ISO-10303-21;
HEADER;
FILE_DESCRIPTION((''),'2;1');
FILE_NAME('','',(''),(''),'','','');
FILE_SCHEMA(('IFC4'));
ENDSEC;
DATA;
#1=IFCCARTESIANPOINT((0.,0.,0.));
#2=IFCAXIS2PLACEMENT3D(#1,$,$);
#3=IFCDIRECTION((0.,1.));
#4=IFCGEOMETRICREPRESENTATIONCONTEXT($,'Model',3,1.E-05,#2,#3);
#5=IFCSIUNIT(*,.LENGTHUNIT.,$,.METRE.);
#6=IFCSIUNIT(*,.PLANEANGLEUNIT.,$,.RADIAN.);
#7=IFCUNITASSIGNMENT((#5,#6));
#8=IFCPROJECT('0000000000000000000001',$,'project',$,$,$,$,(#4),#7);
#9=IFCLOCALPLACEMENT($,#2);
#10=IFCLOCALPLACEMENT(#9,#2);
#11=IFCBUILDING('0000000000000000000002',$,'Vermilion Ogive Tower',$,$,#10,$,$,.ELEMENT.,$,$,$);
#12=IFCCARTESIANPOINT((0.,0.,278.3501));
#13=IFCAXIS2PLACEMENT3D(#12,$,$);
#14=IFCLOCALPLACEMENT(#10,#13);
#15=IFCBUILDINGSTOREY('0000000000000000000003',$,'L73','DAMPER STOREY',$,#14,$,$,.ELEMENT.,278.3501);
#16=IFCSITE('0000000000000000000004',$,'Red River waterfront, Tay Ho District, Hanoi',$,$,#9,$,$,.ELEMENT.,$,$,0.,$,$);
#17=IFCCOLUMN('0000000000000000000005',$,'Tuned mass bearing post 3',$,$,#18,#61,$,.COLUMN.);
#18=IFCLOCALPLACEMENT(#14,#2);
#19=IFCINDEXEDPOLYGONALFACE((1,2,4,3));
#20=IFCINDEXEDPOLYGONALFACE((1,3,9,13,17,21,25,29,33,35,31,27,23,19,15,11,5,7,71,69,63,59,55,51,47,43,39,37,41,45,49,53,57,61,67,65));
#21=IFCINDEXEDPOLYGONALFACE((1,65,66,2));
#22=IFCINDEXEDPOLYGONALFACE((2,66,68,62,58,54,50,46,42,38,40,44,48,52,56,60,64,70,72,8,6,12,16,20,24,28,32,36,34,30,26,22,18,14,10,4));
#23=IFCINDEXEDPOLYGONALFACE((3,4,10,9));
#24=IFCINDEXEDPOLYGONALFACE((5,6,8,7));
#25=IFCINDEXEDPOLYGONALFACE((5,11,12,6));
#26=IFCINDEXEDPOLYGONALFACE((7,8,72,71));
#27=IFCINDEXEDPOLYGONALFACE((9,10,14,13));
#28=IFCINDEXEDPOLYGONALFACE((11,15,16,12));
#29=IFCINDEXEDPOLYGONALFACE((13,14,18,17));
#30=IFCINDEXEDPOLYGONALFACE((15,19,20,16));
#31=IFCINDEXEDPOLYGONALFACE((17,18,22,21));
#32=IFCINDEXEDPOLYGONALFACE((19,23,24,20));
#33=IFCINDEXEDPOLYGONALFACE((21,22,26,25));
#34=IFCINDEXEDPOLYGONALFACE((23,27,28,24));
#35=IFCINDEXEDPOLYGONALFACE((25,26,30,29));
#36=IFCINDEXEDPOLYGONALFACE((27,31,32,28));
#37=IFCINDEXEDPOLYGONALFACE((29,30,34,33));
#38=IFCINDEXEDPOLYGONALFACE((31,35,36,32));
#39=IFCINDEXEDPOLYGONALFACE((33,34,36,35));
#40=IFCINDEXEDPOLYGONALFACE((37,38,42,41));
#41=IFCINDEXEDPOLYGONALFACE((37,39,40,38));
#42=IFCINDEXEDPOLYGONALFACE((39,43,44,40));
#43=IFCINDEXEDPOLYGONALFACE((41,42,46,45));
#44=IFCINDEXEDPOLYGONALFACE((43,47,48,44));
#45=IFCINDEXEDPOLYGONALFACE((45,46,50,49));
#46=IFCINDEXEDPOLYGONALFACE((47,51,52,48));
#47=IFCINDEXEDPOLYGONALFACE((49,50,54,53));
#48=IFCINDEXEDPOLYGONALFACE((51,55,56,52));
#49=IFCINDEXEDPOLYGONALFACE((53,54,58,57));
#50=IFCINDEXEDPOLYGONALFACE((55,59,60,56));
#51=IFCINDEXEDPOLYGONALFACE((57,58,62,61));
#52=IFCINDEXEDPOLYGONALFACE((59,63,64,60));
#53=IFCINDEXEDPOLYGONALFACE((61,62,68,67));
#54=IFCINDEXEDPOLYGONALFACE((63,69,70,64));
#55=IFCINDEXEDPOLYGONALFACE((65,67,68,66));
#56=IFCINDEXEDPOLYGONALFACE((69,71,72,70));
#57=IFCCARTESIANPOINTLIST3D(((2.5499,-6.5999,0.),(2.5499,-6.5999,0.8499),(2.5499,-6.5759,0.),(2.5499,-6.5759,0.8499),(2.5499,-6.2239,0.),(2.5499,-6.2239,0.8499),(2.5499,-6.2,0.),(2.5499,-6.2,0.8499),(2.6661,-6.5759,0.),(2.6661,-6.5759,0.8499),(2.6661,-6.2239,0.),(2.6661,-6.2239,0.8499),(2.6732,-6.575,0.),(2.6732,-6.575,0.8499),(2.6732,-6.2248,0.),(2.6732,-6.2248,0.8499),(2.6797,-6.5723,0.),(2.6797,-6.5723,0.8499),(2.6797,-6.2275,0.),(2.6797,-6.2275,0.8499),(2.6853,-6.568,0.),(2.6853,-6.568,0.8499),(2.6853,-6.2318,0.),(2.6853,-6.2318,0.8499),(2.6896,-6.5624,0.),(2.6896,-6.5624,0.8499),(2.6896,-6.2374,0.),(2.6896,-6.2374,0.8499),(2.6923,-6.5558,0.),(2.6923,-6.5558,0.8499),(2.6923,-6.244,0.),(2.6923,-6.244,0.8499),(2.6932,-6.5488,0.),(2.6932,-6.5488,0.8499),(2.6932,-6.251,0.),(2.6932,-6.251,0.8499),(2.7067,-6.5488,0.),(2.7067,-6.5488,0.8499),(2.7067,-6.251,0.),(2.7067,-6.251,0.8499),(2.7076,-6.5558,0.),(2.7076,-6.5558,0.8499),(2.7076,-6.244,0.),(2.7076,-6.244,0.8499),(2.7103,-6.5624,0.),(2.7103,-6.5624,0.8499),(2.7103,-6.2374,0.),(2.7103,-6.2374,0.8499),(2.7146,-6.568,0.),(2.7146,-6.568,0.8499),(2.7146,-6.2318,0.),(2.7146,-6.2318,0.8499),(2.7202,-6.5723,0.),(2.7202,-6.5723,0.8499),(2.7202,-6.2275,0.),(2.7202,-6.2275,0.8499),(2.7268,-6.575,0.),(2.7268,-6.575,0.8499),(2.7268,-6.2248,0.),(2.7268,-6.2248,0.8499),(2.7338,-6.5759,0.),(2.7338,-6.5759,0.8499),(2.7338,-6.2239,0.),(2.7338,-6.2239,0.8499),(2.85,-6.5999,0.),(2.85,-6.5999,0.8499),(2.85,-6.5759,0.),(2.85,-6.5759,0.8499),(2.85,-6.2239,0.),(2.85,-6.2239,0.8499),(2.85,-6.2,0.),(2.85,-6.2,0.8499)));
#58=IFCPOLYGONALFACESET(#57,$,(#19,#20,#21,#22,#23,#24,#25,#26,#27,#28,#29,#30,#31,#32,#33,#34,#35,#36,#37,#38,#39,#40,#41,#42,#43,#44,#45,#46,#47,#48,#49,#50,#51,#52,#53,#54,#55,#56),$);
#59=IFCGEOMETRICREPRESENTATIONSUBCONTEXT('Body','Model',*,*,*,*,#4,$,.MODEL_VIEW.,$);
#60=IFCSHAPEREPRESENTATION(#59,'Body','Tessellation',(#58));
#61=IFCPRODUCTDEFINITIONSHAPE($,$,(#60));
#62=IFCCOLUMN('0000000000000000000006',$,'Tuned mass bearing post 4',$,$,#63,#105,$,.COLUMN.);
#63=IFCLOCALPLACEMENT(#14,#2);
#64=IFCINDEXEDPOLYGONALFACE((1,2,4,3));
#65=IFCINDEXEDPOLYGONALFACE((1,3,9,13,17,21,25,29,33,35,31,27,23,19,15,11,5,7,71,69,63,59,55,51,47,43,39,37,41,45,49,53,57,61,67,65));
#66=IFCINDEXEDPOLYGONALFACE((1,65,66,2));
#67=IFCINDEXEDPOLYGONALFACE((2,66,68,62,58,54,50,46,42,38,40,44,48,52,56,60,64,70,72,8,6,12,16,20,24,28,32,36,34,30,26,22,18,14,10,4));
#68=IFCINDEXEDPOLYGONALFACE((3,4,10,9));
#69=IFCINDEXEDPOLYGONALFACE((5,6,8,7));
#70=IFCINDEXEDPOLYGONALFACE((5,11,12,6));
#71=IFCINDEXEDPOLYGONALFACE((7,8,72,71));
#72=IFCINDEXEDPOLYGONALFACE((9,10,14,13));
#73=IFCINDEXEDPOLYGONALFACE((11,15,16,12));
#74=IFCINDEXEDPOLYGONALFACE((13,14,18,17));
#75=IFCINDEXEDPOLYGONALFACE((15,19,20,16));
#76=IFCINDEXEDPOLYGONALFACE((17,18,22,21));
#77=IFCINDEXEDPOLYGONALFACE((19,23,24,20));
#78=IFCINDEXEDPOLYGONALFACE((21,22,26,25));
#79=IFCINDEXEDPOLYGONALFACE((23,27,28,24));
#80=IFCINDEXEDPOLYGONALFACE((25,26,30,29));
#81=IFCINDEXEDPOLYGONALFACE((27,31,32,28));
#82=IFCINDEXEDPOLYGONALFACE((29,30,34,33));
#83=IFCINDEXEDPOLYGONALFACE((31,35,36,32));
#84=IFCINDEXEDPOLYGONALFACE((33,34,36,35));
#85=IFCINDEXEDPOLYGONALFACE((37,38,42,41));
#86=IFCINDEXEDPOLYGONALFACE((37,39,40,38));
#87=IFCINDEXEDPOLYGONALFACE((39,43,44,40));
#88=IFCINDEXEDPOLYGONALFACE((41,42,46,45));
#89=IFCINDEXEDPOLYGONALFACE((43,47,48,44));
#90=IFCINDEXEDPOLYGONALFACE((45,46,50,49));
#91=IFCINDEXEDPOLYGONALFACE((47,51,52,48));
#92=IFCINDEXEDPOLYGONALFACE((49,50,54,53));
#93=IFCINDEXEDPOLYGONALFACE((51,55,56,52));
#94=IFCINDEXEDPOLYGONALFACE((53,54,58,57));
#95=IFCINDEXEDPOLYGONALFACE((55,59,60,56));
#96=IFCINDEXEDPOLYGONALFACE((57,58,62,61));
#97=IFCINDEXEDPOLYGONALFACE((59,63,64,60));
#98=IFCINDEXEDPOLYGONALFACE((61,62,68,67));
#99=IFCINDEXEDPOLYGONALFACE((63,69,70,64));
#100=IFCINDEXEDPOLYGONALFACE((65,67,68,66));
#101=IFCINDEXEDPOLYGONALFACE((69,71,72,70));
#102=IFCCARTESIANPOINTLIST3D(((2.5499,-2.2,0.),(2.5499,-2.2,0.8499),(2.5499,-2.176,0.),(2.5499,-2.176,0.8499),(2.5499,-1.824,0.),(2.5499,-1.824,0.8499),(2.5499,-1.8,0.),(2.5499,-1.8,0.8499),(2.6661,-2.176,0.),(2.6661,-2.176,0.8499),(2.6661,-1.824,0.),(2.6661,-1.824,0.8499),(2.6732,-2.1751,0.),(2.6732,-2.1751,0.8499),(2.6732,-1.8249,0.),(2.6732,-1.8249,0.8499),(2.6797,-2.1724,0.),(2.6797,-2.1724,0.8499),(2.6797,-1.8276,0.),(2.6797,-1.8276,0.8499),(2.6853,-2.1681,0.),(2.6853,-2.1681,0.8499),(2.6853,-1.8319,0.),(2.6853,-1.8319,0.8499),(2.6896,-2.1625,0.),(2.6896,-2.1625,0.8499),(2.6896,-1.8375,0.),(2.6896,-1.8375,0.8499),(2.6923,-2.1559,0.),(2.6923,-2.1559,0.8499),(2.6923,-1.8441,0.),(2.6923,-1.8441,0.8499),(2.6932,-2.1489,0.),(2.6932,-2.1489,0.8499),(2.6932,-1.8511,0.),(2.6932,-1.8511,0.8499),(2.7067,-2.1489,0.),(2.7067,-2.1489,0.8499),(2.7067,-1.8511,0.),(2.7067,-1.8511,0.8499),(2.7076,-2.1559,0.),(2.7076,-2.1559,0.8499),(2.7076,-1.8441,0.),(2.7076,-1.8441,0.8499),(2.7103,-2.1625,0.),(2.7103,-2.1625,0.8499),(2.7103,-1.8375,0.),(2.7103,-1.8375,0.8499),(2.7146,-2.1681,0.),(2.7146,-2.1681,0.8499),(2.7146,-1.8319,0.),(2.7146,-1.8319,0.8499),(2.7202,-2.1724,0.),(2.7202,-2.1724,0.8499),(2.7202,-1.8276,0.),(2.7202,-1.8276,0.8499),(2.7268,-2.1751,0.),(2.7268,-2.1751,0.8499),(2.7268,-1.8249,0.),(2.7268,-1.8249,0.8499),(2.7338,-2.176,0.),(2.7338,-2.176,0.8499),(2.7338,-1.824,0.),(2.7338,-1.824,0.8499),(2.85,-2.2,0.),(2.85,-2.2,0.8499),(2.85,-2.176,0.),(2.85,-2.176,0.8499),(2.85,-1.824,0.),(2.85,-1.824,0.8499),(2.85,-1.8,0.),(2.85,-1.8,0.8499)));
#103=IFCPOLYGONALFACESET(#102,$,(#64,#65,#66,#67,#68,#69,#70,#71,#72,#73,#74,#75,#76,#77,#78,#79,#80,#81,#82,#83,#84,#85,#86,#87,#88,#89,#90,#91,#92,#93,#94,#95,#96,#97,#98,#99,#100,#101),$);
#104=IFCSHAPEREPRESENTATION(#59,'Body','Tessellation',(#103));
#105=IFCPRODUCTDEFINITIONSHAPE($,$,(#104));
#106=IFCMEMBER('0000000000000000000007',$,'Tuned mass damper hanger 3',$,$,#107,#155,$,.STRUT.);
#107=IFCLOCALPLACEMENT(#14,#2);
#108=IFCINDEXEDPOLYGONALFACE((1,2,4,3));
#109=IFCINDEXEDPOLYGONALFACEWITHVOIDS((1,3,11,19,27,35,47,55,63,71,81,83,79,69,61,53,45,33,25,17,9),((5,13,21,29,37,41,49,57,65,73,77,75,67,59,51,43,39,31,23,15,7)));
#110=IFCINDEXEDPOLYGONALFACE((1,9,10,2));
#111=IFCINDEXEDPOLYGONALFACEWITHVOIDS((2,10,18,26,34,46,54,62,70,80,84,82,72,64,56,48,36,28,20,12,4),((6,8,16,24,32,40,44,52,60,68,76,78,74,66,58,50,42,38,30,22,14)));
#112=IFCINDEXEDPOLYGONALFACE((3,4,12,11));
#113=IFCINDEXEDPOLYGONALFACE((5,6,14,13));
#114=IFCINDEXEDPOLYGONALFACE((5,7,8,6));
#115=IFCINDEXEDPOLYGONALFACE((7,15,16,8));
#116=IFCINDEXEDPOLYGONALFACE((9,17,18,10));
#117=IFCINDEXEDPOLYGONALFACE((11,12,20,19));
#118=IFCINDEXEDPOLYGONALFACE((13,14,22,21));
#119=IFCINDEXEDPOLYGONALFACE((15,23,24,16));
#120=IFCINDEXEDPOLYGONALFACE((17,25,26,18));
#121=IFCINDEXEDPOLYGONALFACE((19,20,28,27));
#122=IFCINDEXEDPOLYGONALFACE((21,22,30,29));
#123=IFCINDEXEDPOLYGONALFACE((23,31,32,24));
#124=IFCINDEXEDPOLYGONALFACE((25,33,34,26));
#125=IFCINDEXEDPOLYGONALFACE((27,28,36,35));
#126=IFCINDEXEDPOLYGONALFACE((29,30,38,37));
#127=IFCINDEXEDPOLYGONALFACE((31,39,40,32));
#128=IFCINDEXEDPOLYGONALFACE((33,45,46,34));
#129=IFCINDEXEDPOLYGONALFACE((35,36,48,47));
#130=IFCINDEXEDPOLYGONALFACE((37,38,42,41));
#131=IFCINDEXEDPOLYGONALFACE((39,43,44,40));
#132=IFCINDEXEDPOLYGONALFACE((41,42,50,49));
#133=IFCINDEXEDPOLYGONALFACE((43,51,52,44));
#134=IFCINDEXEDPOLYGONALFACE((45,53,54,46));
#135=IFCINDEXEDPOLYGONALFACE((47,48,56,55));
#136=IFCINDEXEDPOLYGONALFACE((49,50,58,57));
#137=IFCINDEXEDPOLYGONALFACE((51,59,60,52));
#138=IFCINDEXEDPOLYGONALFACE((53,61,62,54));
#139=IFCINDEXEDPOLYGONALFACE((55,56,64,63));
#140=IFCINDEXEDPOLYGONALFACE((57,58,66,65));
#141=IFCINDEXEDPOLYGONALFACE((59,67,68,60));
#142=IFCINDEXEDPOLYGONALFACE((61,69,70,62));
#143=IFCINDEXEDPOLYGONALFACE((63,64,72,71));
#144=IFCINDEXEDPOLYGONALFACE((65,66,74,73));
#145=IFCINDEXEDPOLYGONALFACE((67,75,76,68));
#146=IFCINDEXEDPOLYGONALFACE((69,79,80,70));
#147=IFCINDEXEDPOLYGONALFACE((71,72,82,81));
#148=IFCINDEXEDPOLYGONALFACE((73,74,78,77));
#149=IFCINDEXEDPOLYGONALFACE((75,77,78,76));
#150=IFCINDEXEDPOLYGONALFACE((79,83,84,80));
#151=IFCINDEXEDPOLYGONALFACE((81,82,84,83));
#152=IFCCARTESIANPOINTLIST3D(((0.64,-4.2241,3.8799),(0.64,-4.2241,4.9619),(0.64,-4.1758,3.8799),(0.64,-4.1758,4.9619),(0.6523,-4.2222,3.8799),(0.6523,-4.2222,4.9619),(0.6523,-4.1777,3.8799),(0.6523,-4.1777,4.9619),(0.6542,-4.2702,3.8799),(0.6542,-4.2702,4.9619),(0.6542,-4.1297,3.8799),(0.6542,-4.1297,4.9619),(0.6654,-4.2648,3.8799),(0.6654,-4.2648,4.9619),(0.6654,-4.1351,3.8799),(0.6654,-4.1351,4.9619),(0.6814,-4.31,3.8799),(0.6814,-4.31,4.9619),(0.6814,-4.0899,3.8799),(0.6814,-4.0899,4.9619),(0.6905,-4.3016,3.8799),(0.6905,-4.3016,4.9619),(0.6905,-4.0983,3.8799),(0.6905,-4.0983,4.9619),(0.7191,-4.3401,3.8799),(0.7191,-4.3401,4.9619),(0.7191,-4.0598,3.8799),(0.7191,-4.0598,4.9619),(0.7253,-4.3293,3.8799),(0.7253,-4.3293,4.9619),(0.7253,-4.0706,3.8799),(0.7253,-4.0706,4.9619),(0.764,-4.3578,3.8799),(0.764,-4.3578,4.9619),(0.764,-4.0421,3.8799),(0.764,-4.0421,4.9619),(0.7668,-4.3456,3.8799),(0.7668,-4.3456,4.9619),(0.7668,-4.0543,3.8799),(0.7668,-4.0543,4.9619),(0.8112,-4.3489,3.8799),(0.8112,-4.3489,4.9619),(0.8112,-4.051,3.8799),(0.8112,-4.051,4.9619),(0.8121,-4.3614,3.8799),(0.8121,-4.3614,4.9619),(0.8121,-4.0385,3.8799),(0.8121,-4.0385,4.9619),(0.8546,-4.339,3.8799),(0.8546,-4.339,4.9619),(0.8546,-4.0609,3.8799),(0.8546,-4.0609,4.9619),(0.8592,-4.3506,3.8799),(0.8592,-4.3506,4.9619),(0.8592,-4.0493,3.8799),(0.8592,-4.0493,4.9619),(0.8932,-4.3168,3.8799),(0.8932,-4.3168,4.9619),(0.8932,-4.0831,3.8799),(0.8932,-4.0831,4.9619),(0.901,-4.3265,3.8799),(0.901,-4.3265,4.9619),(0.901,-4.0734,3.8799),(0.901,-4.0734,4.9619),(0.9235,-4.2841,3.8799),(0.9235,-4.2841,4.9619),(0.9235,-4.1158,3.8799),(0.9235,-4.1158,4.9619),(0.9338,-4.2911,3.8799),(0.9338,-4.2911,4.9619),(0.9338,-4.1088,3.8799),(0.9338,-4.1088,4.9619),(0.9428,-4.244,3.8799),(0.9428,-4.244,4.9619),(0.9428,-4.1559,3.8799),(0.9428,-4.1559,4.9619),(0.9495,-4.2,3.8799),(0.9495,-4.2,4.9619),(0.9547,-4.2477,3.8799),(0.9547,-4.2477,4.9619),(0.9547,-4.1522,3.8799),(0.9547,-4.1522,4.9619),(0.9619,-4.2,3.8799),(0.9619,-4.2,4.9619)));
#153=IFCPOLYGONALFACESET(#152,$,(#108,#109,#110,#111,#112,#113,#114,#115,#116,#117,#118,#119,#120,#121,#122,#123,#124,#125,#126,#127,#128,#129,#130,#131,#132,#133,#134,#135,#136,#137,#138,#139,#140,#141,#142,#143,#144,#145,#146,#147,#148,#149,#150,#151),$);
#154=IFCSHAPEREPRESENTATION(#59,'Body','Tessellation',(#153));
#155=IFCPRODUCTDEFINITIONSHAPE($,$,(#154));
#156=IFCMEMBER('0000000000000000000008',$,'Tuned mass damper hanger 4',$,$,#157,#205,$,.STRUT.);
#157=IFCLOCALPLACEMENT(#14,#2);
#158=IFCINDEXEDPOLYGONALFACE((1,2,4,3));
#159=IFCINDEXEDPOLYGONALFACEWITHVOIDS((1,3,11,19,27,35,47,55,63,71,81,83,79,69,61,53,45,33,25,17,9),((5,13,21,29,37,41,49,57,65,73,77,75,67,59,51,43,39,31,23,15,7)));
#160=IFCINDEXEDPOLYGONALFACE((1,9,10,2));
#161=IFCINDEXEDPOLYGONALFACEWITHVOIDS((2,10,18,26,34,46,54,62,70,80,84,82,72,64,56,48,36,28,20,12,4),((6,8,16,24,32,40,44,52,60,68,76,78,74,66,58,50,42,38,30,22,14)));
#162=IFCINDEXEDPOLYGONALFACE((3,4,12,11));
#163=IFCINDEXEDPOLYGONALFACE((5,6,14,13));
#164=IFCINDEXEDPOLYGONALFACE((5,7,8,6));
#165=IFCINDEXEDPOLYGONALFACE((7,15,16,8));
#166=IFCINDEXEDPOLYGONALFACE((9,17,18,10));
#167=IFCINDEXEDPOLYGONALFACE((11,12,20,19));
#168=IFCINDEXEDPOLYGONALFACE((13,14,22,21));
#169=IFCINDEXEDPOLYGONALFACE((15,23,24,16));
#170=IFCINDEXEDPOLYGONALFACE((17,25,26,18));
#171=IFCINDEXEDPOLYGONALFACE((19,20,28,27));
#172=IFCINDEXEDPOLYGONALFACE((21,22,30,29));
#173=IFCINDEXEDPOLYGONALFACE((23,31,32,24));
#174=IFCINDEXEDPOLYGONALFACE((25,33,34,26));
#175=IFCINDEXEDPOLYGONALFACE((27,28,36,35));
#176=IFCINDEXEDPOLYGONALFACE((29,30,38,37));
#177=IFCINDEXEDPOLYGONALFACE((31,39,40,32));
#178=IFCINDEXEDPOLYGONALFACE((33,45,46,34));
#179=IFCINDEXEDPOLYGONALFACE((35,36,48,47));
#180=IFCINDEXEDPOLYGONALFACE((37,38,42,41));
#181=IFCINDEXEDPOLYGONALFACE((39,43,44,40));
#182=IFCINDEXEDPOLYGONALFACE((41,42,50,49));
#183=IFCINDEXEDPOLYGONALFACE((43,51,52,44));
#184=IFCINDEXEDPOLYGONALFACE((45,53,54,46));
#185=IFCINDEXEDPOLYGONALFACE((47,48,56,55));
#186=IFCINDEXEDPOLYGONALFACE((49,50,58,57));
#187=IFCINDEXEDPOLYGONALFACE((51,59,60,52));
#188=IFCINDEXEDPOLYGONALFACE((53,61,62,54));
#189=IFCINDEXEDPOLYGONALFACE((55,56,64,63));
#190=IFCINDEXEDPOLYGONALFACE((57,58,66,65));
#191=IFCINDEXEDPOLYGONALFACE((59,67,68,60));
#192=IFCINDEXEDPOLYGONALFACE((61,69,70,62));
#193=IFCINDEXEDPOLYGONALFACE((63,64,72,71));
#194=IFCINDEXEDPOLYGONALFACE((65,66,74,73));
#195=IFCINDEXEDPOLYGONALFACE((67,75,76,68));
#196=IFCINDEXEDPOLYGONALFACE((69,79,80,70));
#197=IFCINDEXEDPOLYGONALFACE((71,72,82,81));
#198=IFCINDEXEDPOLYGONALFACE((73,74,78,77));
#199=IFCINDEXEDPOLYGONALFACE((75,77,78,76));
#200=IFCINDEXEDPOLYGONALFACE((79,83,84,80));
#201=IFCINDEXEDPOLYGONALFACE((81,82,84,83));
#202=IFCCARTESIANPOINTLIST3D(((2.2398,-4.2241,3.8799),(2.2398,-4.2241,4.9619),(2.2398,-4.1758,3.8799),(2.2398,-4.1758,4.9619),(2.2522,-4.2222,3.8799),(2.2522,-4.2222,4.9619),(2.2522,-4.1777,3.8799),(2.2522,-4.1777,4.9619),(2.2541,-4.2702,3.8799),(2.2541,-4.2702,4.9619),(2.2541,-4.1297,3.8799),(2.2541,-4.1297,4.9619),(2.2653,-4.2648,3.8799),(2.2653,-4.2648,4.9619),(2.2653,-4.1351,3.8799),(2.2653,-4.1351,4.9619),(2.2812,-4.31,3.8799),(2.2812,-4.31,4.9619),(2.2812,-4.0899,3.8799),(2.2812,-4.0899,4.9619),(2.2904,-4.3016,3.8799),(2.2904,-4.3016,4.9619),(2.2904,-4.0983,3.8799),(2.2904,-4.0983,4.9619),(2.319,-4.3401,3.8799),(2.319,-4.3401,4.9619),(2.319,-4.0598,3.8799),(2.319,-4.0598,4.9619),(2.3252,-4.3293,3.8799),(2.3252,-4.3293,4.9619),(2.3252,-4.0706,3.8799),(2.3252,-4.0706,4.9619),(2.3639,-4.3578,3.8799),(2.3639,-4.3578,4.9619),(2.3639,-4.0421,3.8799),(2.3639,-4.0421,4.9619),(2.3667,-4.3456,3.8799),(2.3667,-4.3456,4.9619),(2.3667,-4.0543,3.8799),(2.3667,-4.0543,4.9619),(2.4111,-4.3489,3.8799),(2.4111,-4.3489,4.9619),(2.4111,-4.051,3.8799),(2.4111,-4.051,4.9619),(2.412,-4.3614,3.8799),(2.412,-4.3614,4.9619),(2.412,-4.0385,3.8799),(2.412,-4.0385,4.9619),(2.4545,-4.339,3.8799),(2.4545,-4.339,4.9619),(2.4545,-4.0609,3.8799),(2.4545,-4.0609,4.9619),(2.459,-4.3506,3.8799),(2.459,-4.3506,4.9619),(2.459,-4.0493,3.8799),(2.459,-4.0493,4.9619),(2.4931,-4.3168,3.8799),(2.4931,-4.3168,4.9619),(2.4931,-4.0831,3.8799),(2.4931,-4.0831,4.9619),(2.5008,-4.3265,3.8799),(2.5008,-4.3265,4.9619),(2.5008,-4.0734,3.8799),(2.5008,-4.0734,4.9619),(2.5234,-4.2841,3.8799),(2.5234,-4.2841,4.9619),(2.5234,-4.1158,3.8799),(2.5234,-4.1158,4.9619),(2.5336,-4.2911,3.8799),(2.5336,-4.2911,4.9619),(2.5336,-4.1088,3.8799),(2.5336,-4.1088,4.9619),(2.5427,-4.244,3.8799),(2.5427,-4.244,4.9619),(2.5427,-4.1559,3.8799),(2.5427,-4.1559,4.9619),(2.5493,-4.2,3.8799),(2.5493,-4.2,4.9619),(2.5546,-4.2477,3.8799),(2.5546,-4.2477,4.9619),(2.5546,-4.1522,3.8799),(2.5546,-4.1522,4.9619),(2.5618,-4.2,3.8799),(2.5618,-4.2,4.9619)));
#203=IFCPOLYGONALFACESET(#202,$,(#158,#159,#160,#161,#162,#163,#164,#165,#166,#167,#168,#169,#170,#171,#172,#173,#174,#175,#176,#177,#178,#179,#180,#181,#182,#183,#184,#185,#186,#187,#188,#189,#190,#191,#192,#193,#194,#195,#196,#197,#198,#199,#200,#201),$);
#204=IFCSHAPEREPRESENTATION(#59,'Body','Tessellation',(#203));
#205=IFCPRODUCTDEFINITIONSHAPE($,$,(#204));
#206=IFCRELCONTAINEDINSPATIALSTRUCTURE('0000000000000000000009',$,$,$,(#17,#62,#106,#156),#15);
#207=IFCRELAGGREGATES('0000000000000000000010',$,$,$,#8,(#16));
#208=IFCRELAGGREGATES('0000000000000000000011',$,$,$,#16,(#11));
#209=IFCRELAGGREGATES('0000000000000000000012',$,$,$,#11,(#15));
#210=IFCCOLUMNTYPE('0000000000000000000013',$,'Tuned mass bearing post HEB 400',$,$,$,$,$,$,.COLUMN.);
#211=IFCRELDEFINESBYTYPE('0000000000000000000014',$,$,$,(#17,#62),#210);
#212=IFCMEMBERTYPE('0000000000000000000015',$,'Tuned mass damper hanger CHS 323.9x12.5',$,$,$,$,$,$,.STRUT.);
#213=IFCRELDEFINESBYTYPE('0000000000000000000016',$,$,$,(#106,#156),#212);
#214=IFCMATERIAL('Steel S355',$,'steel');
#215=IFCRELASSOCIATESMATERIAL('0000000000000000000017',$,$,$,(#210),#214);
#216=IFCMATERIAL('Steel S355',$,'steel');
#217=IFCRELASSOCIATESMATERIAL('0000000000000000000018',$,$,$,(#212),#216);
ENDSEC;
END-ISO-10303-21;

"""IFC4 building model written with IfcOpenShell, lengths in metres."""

from ifc_helpers import new_model, si_unit, direction, frame, origin, origin_2d, place, context, subcontext, project, spatial, hollow_circle, i_section, extrude, material, material_profile, profile_set, type_object, element, save


model = new_model("IFC4")

# Units and contexts
model_context = context("Model", 3, precision=1e-05, world=origin(), true_north=direction((0.0, 1.0)))
body_context = subcontext(model_context, "Body", "Model", "MODEL_VIEW")
ifc_project = project(units=[si_unit("LENGTHUNIT", "METRE"), si_unit("PLANEANGLEUNIT", "RADIAN")], contexts=[model_context])

# Site, building, storey
site_placement = place(None, origin())
site = spatial("IfcSite", under=ifc_project, at=site_placement, Name="Red River waterfront, Tay Ho District, Hanoi", CompositionType="ELEMENT", RefElevation=0.0)
building_placement = place(site_placement, origin())
building = spatial("IfcBuilding", under=site, at=building_placement, Name="Vermilion Ogive Tower", CompositionType="ELEMENT")
storey_placement = place(building_placement, frame((0.0, 0.0, 278.3501)))
storey = spatial("IfcBuildingStorey", under=building, at=storey_placement, Name="L73", Description="DAMPER STOREY", CompositionType="ELEMENT", Elevation=278.3501)

# Columns
ifc_material_1 = material(Name="Steel S355", Category="steel")
ifc_material_profile_1 = material_profile(ifc_material_1, i_section(OverallWidth=0.3, OverallDepth=0.3999, WebThickness=0.0134, FlangeThickness=0.0239, FilletRadius=0.0271, at=origin_2d()), Name="HEB 400")
ifc_profile_set_1 = profile_set([ifc_material_profile_1], Name="Steel S355")
column_type = type_object("IfcColumnType", Name="Tuned mass bearing post HEB 400", PredefinedType="COLUMN", material=ifc_profile_set_1)
for number, where, z_axis, x_axis, name in (
    (1, (2.7, -6.3999, 0.0), (0.0, 0.0, 1.0), (1.0, 0.0, 0.0), "Tuned mass bearing post 3"),
    (2, (2.7, -2.0, 0.0), (0.0, 0.0, 1.0), (1.0, 0.0, 0.0), "Tuned mass bearing post 4"),
):
    element("IfcColumn", number, at=place(storey_placement, frame(where, z_axis=z_axis, x_axis=x_axis)), inside=storey, type_object=column_type, Name=name, PredefinedType="COLUMN", context=body_context, shape_type="SweptSolid", body=[
        extrude(i_section(OverallWidth=0.3, OverallDepth=0.3999, WebThickness=0.0134, FlangeThickness=0.0239, FilletRadius=0.0271, at=origin_2d()), origin(), (0.0, 0.0, 1.0), 0.8499),
    ])

# Members
ifc_material_2 = material(Name="Steel S355", Category="steel")
ifc_material_profile_2 = material_profile(ifc_material_2, hollow_circle(Radius=0.1619, WallThickness=0.0125, at=origin_2d()), Name="CHS 323.9x12.5")
ifc_profile_set_2 = profile_set([ifc_material_profile_2], Name="Steel S355")
member_type_1 = type_object("IfcMemberType", Name="Tuned mass damper hanger CHS 323.9x12.5", PredefinedType="STRUT", material=ifc_profile_set_2)
for number, where, z_axis, x_axis, name in (
    (3, (0.8, -4.2, 3.8799), (0.0, 0.0, 1.0), (1.0, 0.0, 0.0), "Tuned mass damper hanger 3"),
    (4, (2.3999, -4.2, 3.8799), (0.0, 0.0, 1.0), (1.0, 0.0, 0.0), "Tuned mass damper hanger 4"),
):
    element("IfcMember", number, at=place(storey_placement, frame(where, z_axis=z_axis, x_axis=x_axis)), inside=storey, type_object=member_type_1, Name=name, PredefinedType="STRUT", context=body_context, shape_type="SweptSolid", body=[
        extrude(hollow_circle(Radius=0.1619, WallThickness=0.0125, at=origin_2d()), origin(), (0.0, 0.0, 1.0), 1.082),
    ])

save(model, "model.ifc")
